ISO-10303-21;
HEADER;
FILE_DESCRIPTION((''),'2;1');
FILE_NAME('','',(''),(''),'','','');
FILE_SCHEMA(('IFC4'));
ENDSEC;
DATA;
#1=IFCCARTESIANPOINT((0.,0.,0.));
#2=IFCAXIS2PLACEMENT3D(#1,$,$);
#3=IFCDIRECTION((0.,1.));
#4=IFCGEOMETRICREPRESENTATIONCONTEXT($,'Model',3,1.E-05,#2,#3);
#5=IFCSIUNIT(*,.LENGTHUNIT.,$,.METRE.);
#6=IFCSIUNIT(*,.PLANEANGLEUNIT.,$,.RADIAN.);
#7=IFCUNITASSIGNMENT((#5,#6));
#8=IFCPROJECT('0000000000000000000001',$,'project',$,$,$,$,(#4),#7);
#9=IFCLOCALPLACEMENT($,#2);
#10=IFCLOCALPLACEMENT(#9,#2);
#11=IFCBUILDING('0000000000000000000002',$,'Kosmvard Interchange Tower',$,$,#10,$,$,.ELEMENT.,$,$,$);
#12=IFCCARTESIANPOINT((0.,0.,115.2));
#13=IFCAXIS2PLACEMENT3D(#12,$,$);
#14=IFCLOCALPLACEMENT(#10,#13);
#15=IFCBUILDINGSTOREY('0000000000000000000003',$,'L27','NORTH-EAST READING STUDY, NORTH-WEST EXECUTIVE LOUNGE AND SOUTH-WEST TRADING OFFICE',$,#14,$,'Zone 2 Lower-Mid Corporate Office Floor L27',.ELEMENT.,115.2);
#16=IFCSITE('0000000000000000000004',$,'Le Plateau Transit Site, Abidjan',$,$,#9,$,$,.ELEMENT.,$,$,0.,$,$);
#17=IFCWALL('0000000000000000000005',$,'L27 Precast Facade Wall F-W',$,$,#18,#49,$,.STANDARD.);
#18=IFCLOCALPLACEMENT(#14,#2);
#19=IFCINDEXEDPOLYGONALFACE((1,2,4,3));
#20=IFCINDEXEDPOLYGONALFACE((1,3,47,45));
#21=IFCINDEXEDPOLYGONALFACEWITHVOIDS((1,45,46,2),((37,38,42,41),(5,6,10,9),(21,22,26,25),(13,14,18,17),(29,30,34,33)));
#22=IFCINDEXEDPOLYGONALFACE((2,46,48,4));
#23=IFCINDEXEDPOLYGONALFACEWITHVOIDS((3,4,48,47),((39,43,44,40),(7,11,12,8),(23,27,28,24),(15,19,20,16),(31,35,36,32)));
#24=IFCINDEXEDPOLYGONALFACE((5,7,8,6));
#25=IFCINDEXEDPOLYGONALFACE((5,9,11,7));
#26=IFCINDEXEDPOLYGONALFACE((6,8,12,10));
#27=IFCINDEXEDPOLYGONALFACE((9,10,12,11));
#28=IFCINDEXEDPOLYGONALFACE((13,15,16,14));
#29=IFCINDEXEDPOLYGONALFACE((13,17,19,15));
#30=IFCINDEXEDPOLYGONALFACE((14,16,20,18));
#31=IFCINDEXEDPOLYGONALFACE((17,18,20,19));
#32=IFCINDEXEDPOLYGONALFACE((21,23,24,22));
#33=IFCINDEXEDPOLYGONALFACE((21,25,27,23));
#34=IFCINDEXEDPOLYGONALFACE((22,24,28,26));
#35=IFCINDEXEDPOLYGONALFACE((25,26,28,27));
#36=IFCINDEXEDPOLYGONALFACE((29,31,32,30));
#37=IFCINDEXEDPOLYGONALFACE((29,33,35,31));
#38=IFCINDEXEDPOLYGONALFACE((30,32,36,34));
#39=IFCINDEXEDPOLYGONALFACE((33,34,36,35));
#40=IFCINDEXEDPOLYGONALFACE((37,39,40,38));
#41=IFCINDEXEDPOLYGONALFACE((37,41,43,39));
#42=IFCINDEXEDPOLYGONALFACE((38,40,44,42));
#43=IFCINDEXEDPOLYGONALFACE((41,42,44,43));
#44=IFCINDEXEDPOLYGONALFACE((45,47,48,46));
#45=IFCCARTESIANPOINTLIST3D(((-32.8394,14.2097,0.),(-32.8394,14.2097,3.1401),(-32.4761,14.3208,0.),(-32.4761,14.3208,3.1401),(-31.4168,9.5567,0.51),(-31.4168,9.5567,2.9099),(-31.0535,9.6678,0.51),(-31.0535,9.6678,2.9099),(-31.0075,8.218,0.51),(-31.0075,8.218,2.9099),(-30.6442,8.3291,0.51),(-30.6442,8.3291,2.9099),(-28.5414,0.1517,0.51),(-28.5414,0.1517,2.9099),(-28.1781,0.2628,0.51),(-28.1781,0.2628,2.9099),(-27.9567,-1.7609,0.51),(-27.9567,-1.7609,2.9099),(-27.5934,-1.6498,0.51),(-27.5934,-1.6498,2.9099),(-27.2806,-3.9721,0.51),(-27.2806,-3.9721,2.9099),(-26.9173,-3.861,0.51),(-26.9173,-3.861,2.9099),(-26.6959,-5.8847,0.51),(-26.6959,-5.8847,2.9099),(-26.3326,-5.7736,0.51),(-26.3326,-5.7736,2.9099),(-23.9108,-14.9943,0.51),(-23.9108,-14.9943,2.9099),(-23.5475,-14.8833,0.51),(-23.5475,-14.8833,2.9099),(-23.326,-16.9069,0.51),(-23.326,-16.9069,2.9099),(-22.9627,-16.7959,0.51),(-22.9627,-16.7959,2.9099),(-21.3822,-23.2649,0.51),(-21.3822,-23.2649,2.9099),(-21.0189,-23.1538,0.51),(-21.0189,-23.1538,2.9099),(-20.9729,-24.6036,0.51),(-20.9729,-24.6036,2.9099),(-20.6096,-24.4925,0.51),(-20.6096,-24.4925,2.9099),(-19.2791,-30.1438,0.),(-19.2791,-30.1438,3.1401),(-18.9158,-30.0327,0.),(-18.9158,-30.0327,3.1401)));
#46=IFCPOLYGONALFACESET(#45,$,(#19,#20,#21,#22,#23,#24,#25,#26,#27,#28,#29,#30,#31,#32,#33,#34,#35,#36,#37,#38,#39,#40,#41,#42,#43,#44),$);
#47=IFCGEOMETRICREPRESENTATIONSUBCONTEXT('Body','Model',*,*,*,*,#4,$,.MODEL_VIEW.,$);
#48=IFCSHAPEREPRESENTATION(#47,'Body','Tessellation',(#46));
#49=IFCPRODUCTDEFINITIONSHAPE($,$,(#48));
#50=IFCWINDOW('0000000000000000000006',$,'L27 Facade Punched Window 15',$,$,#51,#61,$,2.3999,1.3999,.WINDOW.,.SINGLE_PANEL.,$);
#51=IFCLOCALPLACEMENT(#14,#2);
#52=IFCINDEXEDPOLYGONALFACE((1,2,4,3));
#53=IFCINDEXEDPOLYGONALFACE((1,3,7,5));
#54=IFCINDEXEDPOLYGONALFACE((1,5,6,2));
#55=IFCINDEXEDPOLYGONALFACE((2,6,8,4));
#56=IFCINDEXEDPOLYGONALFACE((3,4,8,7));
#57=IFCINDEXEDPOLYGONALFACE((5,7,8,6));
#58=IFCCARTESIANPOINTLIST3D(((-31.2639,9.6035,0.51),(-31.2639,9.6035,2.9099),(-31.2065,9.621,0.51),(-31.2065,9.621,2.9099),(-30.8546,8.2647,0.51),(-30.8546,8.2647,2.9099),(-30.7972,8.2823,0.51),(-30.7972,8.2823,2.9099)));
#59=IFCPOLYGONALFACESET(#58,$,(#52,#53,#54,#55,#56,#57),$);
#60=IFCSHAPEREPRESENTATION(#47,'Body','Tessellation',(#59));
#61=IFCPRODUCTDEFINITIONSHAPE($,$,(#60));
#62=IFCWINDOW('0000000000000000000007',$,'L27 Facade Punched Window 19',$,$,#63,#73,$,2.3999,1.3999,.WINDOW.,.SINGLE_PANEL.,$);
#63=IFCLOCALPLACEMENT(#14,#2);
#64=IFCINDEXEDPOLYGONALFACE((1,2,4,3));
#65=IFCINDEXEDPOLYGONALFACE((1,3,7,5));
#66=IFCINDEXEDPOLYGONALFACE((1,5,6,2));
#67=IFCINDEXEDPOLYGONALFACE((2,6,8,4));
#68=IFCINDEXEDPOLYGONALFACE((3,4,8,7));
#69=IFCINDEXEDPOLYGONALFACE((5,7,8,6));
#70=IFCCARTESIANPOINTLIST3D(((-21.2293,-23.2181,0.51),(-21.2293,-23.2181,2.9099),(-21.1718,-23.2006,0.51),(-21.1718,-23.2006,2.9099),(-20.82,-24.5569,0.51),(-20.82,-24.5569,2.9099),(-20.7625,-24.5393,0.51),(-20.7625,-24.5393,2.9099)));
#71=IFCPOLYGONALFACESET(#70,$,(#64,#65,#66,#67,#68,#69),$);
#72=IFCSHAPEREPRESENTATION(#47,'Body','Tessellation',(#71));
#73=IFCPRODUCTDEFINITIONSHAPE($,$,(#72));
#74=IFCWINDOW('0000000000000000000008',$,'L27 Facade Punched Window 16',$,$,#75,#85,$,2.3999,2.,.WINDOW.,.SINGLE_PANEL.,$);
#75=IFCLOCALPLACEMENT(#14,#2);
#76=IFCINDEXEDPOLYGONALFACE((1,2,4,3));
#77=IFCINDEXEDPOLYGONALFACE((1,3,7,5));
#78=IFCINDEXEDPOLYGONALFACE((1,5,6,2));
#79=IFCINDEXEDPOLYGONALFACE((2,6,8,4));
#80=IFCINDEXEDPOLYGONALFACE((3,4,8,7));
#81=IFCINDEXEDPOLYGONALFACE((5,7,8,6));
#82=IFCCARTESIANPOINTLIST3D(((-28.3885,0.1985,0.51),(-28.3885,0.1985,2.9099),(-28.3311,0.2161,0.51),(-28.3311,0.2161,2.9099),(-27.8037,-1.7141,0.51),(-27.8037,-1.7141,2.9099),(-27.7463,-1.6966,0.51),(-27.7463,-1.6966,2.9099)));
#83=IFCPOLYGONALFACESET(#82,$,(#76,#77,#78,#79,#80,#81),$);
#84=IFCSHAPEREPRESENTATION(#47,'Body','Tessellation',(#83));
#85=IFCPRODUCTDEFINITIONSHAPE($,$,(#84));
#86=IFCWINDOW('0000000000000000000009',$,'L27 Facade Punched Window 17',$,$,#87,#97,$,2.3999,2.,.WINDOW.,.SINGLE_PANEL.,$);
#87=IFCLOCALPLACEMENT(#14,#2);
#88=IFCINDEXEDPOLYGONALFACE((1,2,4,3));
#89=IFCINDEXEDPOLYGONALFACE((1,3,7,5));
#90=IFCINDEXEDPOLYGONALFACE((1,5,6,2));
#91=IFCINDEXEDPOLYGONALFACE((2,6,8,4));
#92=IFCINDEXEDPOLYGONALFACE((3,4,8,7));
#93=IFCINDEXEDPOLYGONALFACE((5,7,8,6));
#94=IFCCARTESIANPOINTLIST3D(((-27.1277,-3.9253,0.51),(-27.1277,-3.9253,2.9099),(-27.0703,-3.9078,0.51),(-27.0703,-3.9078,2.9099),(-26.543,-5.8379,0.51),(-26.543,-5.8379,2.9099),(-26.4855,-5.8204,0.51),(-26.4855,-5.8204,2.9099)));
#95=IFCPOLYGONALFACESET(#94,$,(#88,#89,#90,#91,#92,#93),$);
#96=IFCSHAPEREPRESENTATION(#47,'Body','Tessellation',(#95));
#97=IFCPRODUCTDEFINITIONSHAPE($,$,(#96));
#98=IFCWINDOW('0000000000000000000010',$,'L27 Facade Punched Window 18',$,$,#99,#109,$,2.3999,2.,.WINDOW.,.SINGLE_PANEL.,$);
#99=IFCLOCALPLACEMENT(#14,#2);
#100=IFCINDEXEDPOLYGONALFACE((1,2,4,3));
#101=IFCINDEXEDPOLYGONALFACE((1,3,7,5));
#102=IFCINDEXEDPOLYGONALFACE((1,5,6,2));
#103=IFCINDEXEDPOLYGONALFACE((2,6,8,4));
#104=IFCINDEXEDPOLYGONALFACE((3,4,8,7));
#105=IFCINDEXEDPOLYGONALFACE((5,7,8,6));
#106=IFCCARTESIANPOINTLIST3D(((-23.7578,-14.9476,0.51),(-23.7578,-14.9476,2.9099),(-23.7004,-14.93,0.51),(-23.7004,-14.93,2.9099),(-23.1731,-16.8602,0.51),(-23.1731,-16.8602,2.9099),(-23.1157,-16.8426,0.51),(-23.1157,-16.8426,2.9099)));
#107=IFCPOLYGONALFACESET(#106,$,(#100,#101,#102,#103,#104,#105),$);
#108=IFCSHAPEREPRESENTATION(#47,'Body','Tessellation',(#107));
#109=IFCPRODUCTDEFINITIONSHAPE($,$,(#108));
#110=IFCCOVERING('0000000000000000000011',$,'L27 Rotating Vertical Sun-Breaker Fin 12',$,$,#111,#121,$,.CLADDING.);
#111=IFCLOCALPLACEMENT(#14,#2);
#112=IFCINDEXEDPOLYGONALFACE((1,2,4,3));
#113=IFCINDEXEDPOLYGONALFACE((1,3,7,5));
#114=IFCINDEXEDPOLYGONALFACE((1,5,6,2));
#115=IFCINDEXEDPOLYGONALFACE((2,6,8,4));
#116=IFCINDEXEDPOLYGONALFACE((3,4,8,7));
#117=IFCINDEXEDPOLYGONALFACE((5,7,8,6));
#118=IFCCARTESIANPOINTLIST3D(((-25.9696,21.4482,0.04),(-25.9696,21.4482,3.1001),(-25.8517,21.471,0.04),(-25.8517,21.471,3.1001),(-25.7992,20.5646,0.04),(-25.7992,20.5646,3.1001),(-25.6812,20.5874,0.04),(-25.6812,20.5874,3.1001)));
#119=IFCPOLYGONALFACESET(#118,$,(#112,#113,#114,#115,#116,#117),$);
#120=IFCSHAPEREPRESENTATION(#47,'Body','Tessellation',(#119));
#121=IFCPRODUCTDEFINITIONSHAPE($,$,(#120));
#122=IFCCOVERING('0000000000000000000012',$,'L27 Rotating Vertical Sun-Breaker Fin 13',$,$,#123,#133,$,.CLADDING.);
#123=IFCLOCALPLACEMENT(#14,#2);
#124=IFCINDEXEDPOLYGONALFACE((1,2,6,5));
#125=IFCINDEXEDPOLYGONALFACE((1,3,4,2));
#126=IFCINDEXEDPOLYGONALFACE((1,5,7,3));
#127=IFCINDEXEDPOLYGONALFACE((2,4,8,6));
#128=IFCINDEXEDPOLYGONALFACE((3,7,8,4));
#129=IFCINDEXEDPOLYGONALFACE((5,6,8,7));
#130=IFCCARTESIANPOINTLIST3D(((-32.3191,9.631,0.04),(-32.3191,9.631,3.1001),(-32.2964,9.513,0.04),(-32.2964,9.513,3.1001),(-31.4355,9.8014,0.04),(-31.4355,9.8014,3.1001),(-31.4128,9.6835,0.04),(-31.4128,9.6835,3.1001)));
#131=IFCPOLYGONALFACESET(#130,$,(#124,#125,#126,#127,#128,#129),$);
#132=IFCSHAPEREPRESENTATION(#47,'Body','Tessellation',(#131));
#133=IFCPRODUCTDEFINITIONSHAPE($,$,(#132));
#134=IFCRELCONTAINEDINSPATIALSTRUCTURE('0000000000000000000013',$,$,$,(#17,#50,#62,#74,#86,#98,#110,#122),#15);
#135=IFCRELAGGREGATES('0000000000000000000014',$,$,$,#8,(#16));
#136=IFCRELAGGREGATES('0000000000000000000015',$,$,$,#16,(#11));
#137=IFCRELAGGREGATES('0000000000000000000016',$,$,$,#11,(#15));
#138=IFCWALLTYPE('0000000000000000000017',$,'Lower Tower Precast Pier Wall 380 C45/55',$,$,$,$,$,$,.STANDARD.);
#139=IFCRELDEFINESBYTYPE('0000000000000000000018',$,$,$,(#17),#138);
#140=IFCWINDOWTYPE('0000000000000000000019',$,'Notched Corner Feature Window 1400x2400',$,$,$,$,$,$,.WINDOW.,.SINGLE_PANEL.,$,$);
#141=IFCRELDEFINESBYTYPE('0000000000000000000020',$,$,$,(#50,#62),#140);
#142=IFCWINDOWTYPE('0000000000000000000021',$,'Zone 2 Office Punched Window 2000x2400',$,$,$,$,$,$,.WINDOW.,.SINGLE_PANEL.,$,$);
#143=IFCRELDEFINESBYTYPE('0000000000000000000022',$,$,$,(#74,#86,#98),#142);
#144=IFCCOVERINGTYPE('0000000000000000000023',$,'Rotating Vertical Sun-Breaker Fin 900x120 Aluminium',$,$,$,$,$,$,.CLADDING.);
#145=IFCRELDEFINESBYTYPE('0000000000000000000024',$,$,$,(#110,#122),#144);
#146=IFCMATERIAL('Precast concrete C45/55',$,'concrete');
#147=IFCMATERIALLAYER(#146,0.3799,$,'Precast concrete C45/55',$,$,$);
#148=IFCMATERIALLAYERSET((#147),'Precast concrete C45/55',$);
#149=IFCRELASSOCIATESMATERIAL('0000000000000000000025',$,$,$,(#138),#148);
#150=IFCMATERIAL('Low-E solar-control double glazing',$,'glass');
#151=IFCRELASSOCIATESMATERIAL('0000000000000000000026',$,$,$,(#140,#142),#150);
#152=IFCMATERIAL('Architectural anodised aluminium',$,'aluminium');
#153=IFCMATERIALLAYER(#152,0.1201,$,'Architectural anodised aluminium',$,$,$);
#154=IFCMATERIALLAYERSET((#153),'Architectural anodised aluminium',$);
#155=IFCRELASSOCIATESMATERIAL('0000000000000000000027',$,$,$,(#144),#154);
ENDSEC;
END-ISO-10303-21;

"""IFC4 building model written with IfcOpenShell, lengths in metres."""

from ifc_helpers import new_model, si_unit, direction, frame, frame_2d, origin, origin_2d, place, context, subcontext, project, spatial, rectangle, extrude, source, transform, mapped, material, layer, layer_set, type_object, element, fill, save


model = new_model("IFC4")

# Units and contexts
model_context = context("Model", 3, precision=1e-05, world=origin(), true_north=direction((0.0, 1.0)))
body_context = subcontext(model_context, "Body", "Model", "MODEL_VIEW")
ifc_project = project(units=[si_unit("LENGTHUNIT", "METRE"), si_unit("PLANEANGLEUNIT", "RADIAN")], contexts=[model_context])

# Site, building, storey
site_placement = place(None, origin())
site = spatial("IfcSite", under=ifc_project, at=site_placement, Name="Le Plateau Transit Site, Abidjan", CompositionType="ELEMENT", RefElevation=0.0)
building_placement = place(site_placement, origin())
building = spatial("IfcBuilding", under=site, at=building_placement, Name="Kosmvard Interchange Tower", CompositionType="ELEMENT")
storey_placement = place(building_placement, frame((0.0, 0.0, 115.2)))
storey = spatial("IfcBuildingStorey", under=building, at=storey_placement, Name="L27", Description="NORTH-EAST READING STUDY, NORTH-WEST EXECUTIVE LOUNGE AND SOUTH-WEST TRADING OFFICE", LongName="Zone 2 Lower-Mid Corporate Office Floor L27", CompositionType="ELEMENT", Elevation=115.2)

# Shared definitions
ifc_material_1 = material(Name="Precast concrete C45/55", Category="concrete")

# Shared definitions
ifc_layer_1 = layer(ifc_material_1, 0.3799, Name="Precast concrete C45/55")
ifc_layer_set_1 = layer_set([ifc_layer_1], Name="Precast concrete C45/55")
wall_type_1 = type_object("IfcWallType", Name="Lower Tower Precast Pier Wall 380 C45/55", PredefinedType="STANDARD", material=ifc_layer_set_1)

# Shared definitions
ifc_material_2 = material(Name="Low-E solar-control double glazing", Category="glass")
window_type_1 = type_object("IfcWindowType", Name="Notched Corner Feature Window 1400x2400", PartitioningType="SINGLE_PANEL", PredefinedType="WINDOW", material=ifc_material_2)
shared_shape_1 = source(origin(), body_context, "Body", "SweptSolid", [
    extrude(rectangle(XDim=1.3999, YDim=2.3999, at=frame_2d((0.7, 1.2))), frame((0.0, 0.03, 0.0), z_axis=(0.0, -1.0, 0.0), x_axis=(1.0, 0.0, 0.0)), (0.0, 0.0, 1.0), 0.0601),
])

# Wall, openings, windows
wall_1_placement = place(storey_placement, frame((-32.6577, 14.2651, 0.0), z_axis=(0.0, 0.0, 1.0), x_axis=(0.292373, -0.956304, 0.0)))
wall_1 = element("IfcWall", 1, at=wall_1_placement, inside=storey, type_object=wall_type_1, Name="L27 Precast Facade Wall F-W", PredefinedType="STANDARD", context=body_context, shape_type="SweptSolid", body=[
    extrude(rectangle(XDim=46.3801, YDim=0.3799, at=frame_2d((23.1899, 0.0))), origin(), (0.0, 0.0, 1.0), 3.1401),
])
opening_1_placement = place(wall_1_placement, frame((4.8655, 0.0, 0.51)))
opening_1 = element("IfcOpeningElement", 2, at=opening_1_placement, cuts=wall_1, PredefinedType="OPENING", context=body_context, shape_type="SweptSolid", body=[
    extrude(rectangle(XDim=1.3999, YDim=2.3999, at=frame_2d((0.7, 1.2))), frame((0.0, 0.2, 0.0), z_axis=(0.0, -1.0, 0.0), x_axis=(1.0, 0.0, 0.0)), (0.0, 0.0, 1.0), 0.3999),
])
opening_2_placement = place(wall_1_placement, frame((14.7002, 0.0, 0.51)))
opening_2 = element("IfcOpeningElement", 3, at=opening_2_placement, cuts=wall_1, PredefinedType="OPENING", context=body_context, shape_type="SweptSolid", body=[
    extrude(rectangle(XDim=2.0, YDim=2.3999, at=frame_2d((1.0, 1.2))), frame((0.0, 0.2, 0.0), z_axis=(0.0, -1.0, 0.0), x_axis=(1.0, 0.0, 0.0)), (0.0, 0.0, 1.0), 0.3999),
])
opening_3_placement = place(wall_1_placement, frame((19.0125, 0.0, 0.51)))
opening_3 = element("IfcOpeningElement", 4, at=opening_3_placement, cuts=wall_1, PredefinedType="OPENING", context=body_context, shape_type="SweptSolid", body=[
    extrude(rectangle(XDim=2.0, YDim=2.3999, at=frame_2d((1.0, 1.2))), frame((0.0, 0.2, 0.0), z_axis=(0.0, -1.0, 0.0), x_axis=(1.0, 0.0, 0.0)), (0.0, 0.0, 1.0), 0.3999),
])
opening_4_placement = place(wall_1_placement, frame((30.5383, 0.0, 0.51)))
opening_4 = element("IfcOpeningElement", 5, at=opening_4_placement, cuts=wall_1, PredefinedType="OPENING", context=body_context, shape_type="SweptSolid", body=[
    extrude(rectangle(XDim=2.0, YDim=2.3999, at=frame_2d((1.0, 1.2))), frame((0.0, 0.2, 0.0), z_axis=(0.0, -1.0, 0.0), x_axis=(1.0, 0.0, 0.0)), (0.0, 0.0, 1.0), 0.3999),
])
opening_5_placement = place(wall_1_placement, frame((39.1868, 0.0, 0.51)))
opening_5 = element("IfcOpeningElement", 6, at=opening_5_placement, cuts=wall_1, PredefinedType="OPENING", context=body_context, shape_type="SweptSolid", body=[
    extrude(rectangle(XDim=1.3999, YDim=2.3999, at=frame_2d((0.7, 1.2))), frame((0.0, 0.2, 0.0), z_axis=(0.0, -1.0, 0.0), x_axis=(1.0, 0.0, 0.0)), (0.0, 0.0, 1.0), 0.3999),
])
window_1_placement = place(opening_1_placement, origin())
window_1 = element("IfcWindow", 7, at=window_1_placement, inside=storey, type_object=window_type_1, Name="L27 Facade Punched Window 15", OverallHeight=2.3999, OverallWidth=1.3999, PartitioningType="SINGLE_PANEL", PredefinedType="WINDOW", context=body_context, shape_type="MappedRepresentation", body=[
    mapped(shared_shape_1, transform((0.0, 0.0, 0.0), scale=1.0)),
])
fill(opening_1, window_1)
window_2_placement = place(opening_5_placement, origin())
window_2 = element("IfcWindow", 8, at=window_2_placement, inside=storey, type_object=window_type_1, Name="L27 Facade Punched Window 19", OverallHeight=2.3999, OverallWidth=1.3999, PartitioningType="SINGLE_PANEL", PredefinedType="WINDOW", context=body_context, shape_type="MappedRepresentation", body=[
    mapped(shared_shape_1, transform((0.0, 0.0, 0.0), scale=1.0)),
])
fill(opening_5, window_2)
window_type_2 = type_object("IfcWindowType", Name="Zone 2 Office Punched Window 2000x2400", PartitioningType="SINGLE_PANEL", PredefinedType="WINDOW", material=ifc_material_2)
shared_shape_2 = source(origin(), body_context, "Body", "SweptSolid", [
    extrude(rectangle(XDim=2.0, YDim=2.3999, at=frame_2d((1.0, 1.2))), frame((0.0, 0.03, 0.0), z_axis=(0.0, -1.0, 0.0), x_axis=(1.0, 0.0, 0.0)), (0.0, 0.0, 1.0), 0.0601),
])
window_3_placement = place(opening_2_placement, origin())
window_3 = element("IfcWindow", 9, at=window_3_placement, inside=storey, type_object=window_type_2, Name="L27 Facade Punched Window 16", OverallHeight=2.3999, OverallWidth=2.0, PartitioningType="SINGLE_PANEL", PredefinedType="WINDOW", context=body_context, shape_type="MappedRepresentation", body=[
    mapped(shared_shape_2, transform((0.0, 0.0, 0.0), scale=1.0)),
])
fill(opening_2, window_3)
window_4_placement = place(opening_3_placement, origin())
window_4 = element("IfcWindow", 10, at=window_4_placement, inside=storey, type_object=window_type_2, Name="L27 Facade Punched Window 17", OverallHeight=2.3999, OverallWidth=2.0, PartitioningType="SINGLE_PANEL", PredefinedType="WINDOW", context=body_context, shape_type="MappedRepresentation", body=[
    mapped(shared_shape_2, transform((0.0, 0.0, 0.0), scale=1.0)),
])
fill(opening_3, window_4)
window_5_placement = place(opening_4_placement, origin())
window_5 = element("IfcWindow", 11, at=window_5_placement, inside=storey, type_object=window_type_2, Name="L27 Facade Punched Window 18", OverallHeight=2.3999, OverallWidth=2.0, PartitioningType="SINGLE_PANEL", PredefinedType="WINDOW", context=body_context, shape_type="MappedRepresentation", body=[
    mapped(shared_shape_2, transform((0.0, 0.0, 0.0), scale=1.0)),
])
fill(opening_4, window_5)

# Coverings
ifc_material_3 = material(Name="Architectural anodised aluminium", Category="aluminium")
ifc_layer_2 = layer(ifc_material_3, 0.1201, Name="Architectural anodised aluminium")
ifc_layer_set_2 = layer_set([ifc_layer_2], Name="Architectural anodised aluminium")
covering_type = type_object("IfcCoveringType", Name="Rotating Vertical Sun-Breaker Fin 900x120 Aluminium", PredefinedType="CLADDING", material=ifc_layer_set_2)
shared_shape_3 = source(origin(), body_context, "Body", "SweptSolid", [
    extrude(rectangle(XDim=0.8999, YDim=0.1201, at=origin_2d()), origin(), (0.0, 0.0, 1.0), 3.0601),
])
for number, where, z_axis, x_axis, name in (
    (12, (-25.8254, 21.0178, 0.04), (0.0, 0.0, 1.0), (-0.189438, 0.981893, 0.0), "L27 Rotating Vertical Sun-Breaker Fin 12"),
    (13, (-31.866, 9.6572, 0.04), (0.0, 0.0, 1.0), (-0.981893, -0.189438, 0.0), "L27 Rotating Vertical Sun-Breaker Fin 13"),
):
    element("IfcCovering", number, at=place(storey_placement, frame(where, z_axis=z_axis, x_axis=x_axis)), inside=storey, type_object=covering_type, Name=name, PredefinedType="CLADDING", context=body_context, shape_type="MappedRepresentation", body=[
        mapped(shared_shape_3, transform((0.0, 0.0, 0.0), scale=1.0)),
    ])

save(model, "model.ifc")
